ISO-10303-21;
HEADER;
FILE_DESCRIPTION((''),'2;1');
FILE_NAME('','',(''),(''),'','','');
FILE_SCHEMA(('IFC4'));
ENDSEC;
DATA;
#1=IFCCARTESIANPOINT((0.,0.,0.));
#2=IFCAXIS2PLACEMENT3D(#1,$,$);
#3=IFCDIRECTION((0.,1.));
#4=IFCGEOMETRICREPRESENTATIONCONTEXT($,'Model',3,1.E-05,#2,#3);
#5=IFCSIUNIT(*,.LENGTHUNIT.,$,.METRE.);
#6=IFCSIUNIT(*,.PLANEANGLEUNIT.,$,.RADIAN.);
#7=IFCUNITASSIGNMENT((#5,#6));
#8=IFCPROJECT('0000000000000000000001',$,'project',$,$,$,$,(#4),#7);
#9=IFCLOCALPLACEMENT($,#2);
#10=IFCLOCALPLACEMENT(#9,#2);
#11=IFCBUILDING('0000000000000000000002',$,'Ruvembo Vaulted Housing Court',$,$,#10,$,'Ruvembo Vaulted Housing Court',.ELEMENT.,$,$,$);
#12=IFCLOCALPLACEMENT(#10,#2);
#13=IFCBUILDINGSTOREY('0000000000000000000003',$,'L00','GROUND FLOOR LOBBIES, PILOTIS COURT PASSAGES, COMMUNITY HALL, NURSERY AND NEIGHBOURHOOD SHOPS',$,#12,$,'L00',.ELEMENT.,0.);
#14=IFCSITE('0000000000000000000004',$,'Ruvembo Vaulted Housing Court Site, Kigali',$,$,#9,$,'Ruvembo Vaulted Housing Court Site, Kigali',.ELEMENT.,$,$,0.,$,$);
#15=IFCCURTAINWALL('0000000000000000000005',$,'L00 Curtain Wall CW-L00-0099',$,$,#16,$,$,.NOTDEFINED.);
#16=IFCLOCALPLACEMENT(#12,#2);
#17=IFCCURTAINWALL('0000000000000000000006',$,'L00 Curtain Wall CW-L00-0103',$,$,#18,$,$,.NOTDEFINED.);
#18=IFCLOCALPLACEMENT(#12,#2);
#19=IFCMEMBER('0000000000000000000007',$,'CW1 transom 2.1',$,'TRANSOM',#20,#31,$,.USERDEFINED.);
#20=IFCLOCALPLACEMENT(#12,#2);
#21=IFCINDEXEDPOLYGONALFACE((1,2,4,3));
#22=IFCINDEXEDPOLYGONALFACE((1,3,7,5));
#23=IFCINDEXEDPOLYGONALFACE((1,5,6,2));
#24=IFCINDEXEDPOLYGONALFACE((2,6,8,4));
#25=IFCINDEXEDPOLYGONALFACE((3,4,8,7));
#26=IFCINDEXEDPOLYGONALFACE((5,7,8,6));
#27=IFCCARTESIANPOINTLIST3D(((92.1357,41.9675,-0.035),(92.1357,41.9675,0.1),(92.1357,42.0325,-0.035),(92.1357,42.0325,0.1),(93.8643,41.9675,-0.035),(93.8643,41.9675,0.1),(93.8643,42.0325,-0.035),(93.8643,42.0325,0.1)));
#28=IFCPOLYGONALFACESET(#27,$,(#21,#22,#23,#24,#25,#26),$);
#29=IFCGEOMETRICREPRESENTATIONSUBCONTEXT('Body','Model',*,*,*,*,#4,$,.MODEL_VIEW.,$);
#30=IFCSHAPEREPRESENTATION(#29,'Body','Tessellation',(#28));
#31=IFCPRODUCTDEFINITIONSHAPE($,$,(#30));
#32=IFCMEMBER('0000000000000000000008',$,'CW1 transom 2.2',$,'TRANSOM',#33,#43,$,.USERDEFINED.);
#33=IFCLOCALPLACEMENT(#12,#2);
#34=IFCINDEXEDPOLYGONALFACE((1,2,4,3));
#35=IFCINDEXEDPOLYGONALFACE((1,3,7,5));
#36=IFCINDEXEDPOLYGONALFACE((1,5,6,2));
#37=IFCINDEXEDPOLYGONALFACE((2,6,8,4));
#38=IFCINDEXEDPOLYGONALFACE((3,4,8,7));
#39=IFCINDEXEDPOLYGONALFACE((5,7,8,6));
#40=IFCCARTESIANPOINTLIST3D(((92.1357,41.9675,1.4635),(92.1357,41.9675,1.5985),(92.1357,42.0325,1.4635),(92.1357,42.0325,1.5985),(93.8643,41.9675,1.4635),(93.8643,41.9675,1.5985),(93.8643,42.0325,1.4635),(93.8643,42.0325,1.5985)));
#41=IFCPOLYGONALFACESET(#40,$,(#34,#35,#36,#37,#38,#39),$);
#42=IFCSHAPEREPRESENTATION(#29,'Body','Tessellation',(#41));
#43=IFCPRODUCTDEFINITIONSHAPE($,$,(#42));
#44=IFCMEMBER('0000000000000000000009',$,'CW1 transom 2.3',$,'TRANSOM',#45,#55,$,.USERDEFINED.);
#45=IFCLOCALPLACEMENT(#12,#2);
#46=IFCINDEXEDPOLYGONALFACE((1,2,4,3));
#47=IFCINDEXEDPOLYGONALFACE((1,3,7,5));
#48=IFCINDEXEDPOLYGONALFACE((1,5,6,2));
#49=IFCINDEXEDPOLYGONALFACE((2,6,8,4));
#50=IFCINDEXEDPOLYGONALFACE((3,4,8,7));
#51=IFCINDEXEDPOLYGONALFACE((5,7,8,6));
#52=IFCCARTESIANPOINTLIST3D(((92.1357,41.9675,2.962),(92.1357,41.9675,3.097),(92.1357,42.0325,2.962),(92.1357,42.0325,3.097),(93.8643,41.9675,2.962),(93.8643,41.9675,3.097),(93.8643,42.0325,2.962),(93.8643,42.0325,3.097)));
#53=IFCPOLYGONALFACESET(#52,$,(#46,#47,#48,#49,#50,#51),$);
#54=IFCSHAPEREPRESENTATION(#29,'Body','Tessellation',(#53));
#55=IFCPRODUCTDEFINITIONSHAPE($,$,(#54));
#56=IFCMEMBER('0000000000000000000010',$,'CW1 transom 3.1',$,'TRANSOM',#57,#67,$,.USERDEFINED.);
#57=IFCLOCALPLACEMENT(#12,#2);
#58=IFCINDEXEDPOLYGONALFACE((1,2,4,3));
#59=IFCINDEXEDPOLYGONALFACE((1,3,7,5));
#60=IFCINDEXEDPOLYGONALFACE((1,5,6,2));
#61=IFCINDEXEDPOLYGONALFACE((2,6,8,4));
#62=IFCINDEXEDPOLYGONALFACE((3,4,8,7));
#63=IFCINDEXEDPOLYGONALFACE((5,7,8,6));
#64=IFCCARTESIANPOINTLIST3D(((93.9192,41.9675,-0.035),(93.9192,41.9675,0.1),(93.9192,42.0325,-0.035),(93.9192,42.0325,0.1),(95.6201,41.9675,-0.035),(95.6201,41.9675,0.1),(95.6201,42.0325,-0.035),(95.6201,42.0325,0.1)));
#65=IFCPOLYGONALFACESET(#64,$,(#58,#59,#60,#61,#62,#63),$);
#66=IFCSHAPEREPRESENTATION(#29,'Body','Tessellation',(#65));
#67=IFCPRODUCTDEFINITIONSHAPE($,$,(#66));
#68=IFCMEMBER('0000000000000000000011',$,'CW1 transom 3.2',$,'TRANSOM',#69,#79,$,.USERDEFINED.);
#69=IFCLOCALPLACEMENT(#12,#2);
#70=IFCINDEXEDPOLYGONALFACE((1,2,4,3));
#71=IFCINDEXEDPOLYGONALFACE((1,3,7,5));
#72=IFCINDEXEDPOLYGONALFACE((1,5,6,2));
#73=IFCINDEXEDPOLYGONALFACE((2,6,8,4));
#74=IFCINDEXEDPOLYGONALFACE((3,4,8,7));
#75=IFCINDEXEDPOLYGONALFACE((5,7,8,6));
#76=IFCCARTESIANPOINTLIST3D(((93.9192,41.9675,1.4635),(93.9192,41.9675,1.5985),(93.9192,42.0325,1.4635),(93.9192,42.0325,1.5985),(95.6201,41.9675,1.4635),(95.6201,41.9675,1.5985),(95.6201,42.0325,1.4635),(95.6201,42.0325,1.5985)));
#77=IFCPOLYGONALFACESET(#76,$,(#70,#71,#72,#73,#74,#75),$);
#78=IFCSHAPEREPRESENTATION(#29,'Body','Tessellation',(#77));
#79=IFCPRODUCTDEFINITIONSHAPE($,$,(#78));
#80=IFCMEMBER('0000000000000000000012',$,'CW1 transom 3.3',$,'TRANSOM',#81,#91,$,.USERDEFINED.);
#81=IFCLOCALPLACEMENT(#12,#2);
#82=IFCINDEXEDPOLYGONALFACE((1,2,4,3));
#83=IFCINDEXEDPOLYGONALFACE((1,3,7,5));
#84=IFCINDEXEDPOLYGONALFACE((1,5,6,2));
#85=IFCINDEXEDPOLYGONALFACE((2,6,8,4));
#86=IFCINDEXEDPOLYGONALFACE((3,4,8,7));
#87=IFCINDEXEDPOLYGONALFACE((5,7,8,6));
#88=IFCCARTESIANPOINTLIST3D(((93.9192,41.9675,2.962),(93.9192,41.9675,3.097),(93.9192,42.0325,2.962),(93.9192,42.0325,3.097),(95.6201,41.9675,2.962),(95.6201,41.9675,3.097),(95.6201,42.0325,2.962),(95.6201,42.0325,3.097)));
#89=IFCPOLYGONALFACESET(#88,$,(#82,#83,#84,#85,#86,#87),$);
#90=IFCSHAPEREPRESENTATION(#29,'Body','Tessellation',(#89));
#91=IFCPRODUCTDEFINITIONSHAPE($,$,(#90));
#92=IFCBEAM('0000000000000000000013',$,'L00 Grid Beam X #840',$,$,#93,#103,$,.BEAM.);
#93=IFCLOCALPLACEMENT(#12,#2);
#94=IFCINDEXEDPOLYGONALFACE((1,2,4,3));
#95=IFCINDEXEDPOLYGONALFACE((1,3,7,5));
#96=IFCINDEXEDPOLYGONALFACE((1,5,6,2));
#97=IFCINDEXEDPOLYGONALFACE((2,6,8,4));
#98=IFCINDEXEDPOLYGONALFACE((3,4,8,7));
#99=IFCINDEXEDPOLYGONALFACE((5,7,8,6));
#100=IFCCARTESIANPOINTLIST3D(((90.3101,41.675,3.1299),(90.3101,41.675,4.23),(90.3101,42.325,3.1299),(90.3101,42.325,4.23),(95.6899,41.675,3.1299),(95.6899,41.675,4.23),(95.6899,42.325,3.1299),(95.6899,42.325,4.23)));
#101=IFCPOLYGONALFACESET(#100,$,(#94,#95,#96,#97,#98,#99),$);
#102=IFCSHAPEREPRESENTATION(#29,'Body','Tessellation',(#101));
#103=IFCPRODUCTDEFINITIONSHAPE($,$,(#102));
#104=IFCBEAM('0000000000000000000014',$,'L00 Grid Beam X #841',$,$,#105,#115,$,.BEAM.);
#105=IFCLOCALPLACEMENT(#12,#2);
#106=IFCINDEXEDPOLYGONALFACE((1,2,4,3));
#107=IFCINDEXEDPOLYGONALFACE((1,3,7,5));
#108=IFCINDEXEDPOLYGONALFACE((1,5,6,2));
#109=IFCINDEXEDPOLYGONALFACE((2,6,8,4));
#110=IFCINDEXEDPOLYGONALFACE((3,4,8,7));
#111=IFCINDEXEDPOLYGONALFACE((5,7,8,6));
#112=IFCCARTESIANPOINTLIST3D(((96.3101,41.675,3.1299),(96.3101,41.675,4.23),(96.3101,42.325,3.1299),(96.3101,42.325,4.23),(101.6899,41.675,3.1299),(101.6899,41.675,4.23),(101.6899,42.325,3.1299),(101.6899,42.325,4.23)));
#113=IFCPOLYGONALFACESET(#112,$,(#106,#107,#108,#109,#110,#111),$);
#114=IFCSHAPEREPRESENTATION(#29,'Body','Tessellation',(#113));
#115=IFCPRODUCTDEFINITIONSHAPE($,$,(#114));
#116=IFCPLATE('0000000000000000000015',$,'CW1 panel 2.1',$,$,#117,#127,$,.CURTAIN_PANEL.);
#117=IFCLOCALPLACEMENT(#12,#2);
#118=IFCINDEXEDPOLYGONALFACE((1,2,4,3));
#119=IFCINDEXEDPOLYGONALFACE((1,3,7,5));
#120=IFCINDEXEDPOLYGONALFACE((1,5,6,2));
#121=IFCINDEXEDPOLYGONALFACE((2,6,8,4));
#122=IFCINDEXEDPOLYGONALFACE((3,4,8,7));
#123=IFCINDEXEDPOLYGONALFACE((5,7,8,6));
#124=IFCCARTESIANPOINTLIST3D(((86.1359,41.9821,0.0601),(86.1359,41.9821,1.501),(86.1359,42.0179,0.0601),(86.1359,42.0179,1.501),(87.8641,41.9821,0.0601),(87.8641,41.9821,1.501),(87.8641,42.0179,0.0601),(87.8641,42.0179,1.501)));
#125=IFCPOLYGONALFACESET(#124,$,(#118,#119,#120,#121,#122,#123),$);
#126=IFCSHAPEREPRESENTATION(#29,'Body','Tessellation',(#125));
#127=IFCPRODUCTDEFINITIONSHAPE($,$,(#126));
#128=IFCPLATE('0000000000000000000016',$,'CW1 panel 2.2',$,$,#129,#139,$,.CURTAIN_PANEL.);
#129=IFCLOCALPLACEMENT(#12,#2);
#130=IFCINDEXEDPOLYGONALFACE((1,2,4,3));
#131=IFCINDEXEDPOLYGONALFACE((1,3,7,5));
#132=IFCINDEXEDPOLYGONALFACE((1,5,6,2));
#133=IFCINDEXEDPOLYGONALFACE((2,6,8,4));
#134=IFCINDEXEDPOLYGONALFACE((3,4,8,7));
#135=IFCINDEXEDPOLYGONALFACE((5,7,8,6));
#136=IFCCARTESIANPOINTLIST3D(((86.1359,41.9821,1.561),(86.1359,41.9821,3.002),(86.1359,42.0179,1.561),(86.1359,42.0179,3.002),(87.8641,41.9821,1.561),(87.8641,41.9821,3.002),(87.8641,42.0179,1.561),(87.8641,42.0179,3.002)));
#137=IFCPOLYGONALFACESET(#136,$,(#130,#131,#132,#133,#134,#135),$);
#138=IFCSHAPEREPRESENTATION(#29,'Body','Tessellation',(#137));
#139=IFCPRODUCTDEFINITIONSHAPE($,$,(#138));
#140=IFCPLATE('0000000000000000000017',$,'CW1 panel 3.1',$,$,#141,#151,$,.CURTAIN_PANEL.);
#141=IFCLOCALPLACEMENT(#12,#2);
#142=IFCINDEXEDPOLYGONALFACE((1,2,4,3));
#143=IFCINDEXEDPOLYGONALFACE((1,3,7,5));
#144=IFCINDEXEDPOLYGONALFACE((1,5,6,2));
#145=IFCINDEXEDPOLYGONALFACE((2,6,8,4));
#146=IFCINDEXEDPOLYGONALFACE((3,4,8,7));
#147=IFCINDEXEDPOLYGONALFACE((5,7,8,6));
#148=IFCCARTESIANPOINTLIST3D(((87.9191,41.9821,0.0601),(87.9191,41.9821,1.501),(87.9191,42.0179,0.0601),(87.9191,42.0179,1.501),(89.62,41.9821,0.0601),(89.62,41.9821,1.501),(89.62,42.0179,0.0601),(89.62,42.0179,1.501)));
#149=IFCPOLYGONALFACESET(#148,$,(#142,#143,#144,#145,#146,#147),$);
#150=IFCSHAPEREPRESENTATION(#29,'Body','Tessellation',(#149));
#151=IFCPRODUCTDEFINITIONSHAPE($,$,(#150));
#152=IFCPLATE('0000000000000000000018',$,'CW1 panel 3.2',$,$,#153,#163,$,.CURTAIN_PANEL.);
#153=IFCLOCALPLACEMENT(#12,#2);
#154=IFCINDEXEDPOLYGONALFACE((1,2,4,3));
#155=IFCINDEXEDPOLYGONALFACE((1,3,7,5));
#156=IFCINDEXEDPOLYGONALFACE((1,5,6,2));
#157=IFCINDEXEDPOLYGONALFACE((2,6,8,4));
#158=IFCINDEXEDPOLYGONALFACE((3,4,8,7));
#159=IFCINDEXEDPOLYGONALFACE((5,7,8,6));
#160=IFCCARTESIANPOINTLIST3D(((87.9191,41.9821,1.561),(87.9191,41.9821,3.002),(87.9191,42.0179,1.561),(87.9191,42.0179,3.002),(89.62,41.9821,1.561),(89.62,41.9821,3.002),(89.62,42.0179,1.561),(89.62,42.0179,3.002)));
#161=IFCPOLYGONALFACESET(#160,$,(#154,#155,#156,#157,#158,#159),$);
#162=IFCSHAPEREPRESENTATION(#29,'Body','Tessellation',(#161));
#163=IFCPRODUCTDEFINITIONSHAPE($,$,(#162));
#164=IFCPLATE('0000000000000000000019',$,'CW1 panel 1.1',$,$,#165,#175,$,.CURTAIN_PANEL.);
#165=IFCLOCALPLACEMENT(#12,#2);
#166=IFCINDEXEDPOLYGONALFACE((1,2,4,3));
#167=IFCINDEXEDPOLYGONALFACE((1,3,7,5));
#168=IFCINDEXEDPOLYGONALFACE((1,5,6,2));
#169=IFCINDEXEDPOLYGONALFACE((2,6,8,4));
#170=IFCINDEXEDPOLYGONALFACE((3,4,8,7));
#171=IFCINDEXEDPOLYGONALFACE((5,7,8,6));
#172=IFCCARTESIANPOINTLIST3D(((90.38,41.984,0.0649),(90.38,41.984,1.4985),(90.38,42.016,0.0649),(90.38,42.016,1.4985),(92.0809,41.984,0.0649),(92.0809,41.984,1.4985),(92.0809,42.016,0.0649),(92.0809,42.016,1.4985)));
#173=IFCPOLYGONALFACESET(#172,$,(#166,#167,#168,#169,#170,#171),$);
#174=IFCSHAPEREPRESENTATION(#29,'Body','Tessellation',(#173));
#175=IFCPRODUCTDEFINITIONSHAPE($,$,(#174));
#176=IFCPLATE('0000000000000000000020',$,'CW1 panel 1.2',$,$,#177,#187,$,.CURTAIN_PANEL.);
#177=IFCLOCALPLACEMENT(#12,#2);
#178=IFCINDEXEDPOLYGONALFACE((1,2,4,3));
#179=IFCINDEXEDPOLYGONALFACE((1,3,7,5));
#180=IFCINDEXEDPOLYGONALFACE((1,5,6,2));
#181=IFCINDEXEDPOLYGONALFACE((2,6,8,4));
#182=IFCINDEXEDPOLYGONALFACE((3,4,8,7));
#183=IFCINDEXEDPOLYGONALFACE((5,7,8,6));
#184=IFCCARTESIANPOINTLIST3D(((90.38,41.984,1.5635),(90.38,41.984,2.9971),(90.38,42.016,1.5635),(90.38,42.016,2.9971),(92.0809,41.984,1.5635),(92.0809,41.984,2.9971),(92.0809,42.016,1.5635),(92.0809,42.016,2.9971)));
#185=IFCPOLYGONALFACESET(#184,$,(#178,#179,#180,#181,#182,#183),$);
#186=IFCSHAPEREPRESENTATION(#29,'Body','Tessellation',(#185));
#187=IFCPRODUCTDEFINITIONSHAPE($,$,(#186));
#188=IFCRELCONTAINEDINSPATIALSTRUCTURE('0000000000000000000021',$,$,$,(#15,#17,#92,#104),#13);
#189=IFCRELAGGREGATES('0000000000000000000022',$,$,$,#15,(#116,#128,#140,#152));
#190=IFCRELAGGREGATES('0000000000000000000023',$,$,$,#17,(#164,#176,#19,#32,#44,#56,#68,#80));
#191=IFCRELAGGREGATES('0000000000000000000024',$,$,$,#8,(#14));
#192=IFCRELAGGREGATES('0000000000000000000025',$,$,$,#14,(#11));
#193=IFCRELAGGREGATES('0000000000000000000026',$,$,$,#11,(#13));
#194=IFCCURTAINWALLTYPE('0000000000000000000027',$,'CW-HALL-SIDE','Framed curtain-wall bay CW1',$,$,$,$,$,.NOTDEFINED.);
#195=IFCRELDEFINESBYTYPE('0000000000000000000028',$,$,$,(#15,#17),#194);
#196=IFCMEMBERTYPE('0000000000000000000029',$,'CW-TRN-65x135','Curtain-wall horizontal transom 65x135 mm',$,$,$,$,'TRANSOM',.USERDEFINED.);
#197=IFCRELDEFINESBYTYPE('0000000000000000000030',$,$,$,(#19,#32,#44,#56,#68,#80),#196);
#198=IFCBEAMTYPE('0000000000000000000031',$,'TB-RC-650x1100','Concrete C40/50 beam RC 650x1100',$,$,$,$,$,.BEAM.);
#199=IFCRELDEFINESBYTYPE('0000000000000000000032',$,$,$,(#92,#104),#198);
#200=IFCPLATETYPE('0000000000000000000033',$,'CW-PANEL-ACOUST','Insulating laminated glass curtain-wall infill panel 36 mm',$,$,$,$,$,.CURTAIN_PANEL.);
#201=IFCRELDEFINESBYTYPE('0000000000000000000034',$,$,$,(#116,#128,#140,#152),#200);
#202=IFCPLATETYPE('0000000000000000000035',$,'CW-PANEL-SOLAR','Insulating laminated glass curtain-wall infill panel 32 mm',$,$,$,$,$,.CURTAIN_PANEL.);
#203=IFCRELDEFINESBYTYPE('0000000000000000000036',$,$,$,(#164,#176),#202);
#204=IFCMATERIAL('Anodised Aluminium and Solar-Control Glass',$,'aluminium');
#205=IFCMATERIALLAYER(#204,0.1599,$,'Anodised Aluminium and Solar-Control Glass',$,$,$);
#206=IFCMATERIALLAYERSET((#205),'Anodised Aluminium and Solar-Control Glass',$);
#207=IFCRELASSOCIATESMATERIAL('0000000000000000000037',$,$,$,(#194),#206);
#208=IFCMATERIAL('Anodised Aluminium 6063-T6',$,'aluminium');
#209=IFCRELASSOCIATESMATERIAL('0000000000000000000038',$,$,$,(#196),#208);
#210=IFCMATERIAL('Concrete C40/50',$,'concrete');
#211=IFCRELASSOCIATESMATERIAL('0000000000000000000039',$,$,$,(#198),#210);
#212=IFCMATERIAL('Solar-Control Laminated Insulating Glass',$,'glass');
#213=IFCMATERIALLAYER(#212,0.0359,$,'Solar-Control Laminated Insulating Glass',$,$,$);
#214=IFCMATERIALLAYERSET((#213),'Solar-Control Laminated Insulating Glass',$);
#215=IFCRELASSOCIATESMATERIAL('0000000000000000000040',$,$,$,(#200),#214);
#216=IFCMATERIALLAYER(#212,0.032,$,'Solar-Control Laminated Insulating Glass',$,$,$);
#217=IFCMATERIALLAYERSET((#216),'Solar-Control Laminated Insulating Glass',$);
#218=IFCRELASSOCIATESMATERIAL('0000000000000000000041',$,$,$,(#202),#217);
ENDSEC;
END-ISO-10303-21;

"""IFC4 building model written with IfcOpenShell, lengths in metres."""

from ifc_helpers import new_model, si_unit, direction, frame, origin, origin_2d, place, context, subcontext, project, spatial, rectangle, extrude, material, layer, layer_set, material_profile, profile_set, type_object, element, aggregate, save


model = new_model("IFC4")

# Units and contexts
model_context = context("Model", 3, precision=1e-05, world=origin(), true_north=direction((0.0, 1.0)))
body_context = subcontext(model_context, "Body", "Model", "MODEL_VIEW")
ifc_project = project(units=[si_unit("LENGTHUNIT", "METRE"), si_unit("PLANEANGLEUNIT", "RADIAN")], contexts=[model_context])

# Site, building, storey
site_placement = place(None, origin())
site = spatial("IfcSite", under=ifc_project, at=site_placement, Name="Ruvembo Vaulted Housing Court Site, Kigali", LongName="Ruvembo Vaulted Housing Court Site, Kigali", CompositionType="ELEMENT", RefElevation=0.0)
building_placement = place(site_placement, origin())
building = spatial("IfcBuilding", under=site, at=building_placement, Name="Ruvembo Vaulted Housing Court", LongName="Ruvembo Vaulted Housing Court", CompositionType="ELEMENT")
storey_placement = place(building_placement, origin())
storey = spatial("IfcBuildingStorey", under=building, at=storey_placement, Name="L00", Description="GROUND FLOOR LOBBIES, PILOTIS COURT PASSAGES, COMMUNITY HALL, NURSERY AND NEIGHBOURHOOD SHOPS", LongName="L00", CompositionType="ELEMENT", Elevation=0.0)

# Shared definitions
ifc_material_1 = material(Name="Concrete C40/50", Category="concrete")

# Curtain walls
ifc_material_2 = material(Name="Anodised Aluminium and Solar-Control Glass", Category="aluminium")
ifc_layer_1 = layer(ifc_material_2, 0.1599, Name="Anodised Aluminium and Solar-Control Glass")
ifc_layer_set_1 = layer_set([ifc_layer_1], Name="Anodised Aluminium and Solar-Control Glass")
curtain_wall_type = type_object("IfcCurtainWallType", Name="CW-HALL-SIDE", Description="Framed curtain-wall bay CW1", PredefinedType="NOTDEFINED", material=ifc_layer_set_1)
curtain_wall_1_placement = place(storey_placement, origin())
curtain_wall_1 = element("IfcCurtainWall", 1, at=curtain_wall_1_placement, inside=storey, type_object=curtain_wall_type, Name="L00 Curtain Wall CW-L00-0099", PredefinedType="NOTDEFINED")
ifc_material_3 = material(Name="Anodised Aluminium 6063-T6", Category="aluminium")
curtain_wall_2_placement = place(storey_placement, origin())
curtain_wall_2 = element("IfcCurtainWall", 2, at=curtain_wall_2_placement, inside=storey, type_object=curtain_wall_type, Name="L00 Curtain Wall CW-L00-0103", PredefinedType="NOTDEFINED")

# Members
ifc_material_profile_1 = material_profile(ifc_material_3, rectangle(XDim=0.0649, YDim=0.135, at=origin_2d()), Name="ALU 65x135")
ifc_profile_set_1 = profile_set([ifc_material_profile_1], Name="Anodised Aluminium 6063-T6")
member_type_1 = type_object("IfcMemberType", Name="CW-TRN-65x135", Description="Curtain-wall horizontal transom 65x135 mm", ElementType="TRANSOM", PredefinedType="USERDEFINED", material=ifc_profile_set_1)
member_1_placement = place(storey_placement, frame((92.1357, 42.0, 0.0325), z_axis=(1.0, 0.0, 0.0), x_axis=(0.0, 1.0, 0.0)))
member_1 = element("IfcMember", 3, at=member_1_placement, type_object=member_type_1, Name="CW1 transom 2.1", ObjectType="TRANSOM", PredefinedType="USERDEFINED", context=body_context, shape_type="SweptSolid", body=[
    extrude(rectangle(XDim=0.0649, YDim=0.135, at=origin_2d()), origin(), (0.0, 0.0, 1.0), 1.7285),
])
member_2_placement = place(storey_placement, frame((92.1357, 42.0, 1.531), z_axis=(1.0, 0.0, 0.0), x_axis=(0.0, 1.0, 0.0)))
member_2 = element("IfcMember", 4, at=member_2_placement, type_object=member_type_1, Name="CW1 transom 2.2", ObjectType="TRANSOM", PredefinedType="USERDEFINED", context=body_context, shape_type="SweptSolid", body=[
    extrude(rectangle(XDim=0.0649, YDim=0.135, at=origin_2d()), origin(), (0.0, 0.0, 1.0), 1.7285),
])
member_3_placement = place(storey_placement, frame((92.1357, 42.0, 3.0295), z_axis=(1.0, 0.0, 0.0), x_axis=(0.0, 1.0, 0.0)))
member_3 = element("IfcMember", 5, at=member_3_placement, type_object=member_type_1, Name="CW1 transom 2.3", ObjectType="TRANSOM", PredefinedType="USERDEFINED", context=body_context, shape_type="SweptSolid", body=[
    extrude(rectangle(XDim=0.0649, YDim=0.135, at=origin_2d()), origin(), (0.0, 0.0, 1.0), 1.7285),
])
member_4_placement = place(storey_placement, frame((93.9192, 42.0, 0.0325), z_axis=(1.0, 0.0, 0.0), x_axis=(0.0, 1.0, 0.0)))
member_4 = element("IfcMember", 6, at=member_4_placement, type_object=member_type_1, Name="CW1 transom 3.1", ObjectType="TRANSOM", PredefinedType="USERDEFINED", context=body_context, shape_type="SweptSolid", body=[
    extrude(rectangle(XDim=0.0649, YDim=0.135, at=origin_2d()), origin(), (0.0, 0.0, 1.0), 1.7009),
])
member_5_placement = place(storey_placement, frame((93.9192, 42.0, 1.531), z_axis=(1.0, 0.0, 0.0), x_axis=(0.0, 1.0, 0.0)))
member_5 = element("IfcMember", 7, at=member_5_placement, type_object=member_type_1, Name="CW1 transom 3.2", ObjectType="TRANSOM", PredefinedType="USERDEFINED", context=body_context, shape_type="SweptSolid", body=[
    extrude(rectangle(XDim=0.0649, YDim=0.135, at=origin_2d()), origin(), (0.0, 0.0, 1.0), 1.7009),
])
member_6_placement = place(storey_placement, frame((93.9192, 42.0, 3.0295), z_axis=(1.0, 0.0, 0.0), x_axis=(0.0, 1.0, 0.0)))
member_6 = element("IfcMember", 8, at=member_6_placement, type_object=member_type_1, Name="CW1 transom 3.3", ObjectType="TRANSOM", PredefinedType="USERDEFINED", context=body_context, shape_type="SweptSolid", body=[
    extrude(rectangle(XDim=0.0649, YDim=0.135, at=origin_2d()), origin(), (0.0, 0.0, 1.0), 1.7009),
])

# Beams
ifc_material_profile_2 = material_profile(ifc_material_1, rectangle(XDim=0.6499, YDim=1.1001, at=origin_2d()), Name="RC 650x1100")
ifc_profile_set_2 = profile_set([ifc_material_profile_2], Name="Concrete C40/50")
beam_type = type_object("IfcBeamType", Name="TB-RC-650x1100", Description="Concrete C40/50 beam RC 650x1100", PredefinedType="BEAM", material=ifc_profile_set_2)
for number, where, z_axis, x_axis, name in (
    (9, (90.3101, 42.0, 3.6799), (1.0, 0.0, 0.0), (0.0, 1.0, 0.0), "L00 Grid Beam X #840"),
    (10, (96.3101, 42.0, 3.6799), (1.0, 0.0, 0.0), (0.0, 1.0, 0.0), "L00 Grid Beam X #841"),
):
    element("IfcBeam", number, at=place(storey_placement, frame(where, z_axis=z_axis, x_axis=x_axis)), inside=storey, type_object=beam_type, Name=name, PredefinedType="BEAM", context=body_context, shape_type="SweptSolid", body=[
        extrude(rectangle(XDim=0.6499, YDim=1.1001, at=origin_2d()), origin(), (0.0, 0.0, 1.0), 5.3799),
    ])

# Plates
ifc_material_4 = material(Name="Solar-Control Laminated Insulating Glass", Category="glass")
ifc_layer_2 = layer(ifc_material_4, 0.0359, Name="Solar-Control Laminated Insulating Glass")
ifc_layer_set_2 = layer_set([ifc_layer_2], Name="Solar-Control Laminated Insulating Glass")
plate_type_1 = type_object("IfcPlateType", Name="CW-PANEL-ACOUST", Description="Insulating laminated glass curtain-wall infill panel 36 mm", PredefinedType="CURTAIN_PANEL", material=ifc_layer_set_2)
plate_1_placement = place(storey_placement, frame((87.0, 42.0, 0.0601), z_axis=(0.0, 0.0, 1.0), x_axis=(1.0, 0.0, 0.0)))
plate_1 = element("IfcPlate", 11, at=plate_1_placement, type_object=plate_type_1, Name="CW1 panel 2.1", PredefinedType="CURTAIN_PANEL", context=body_context, shape_type="SweptSolid", body=[
    extrude(rectangle(XDim=1.7283, YDim=0.0359, at=origin_2d()), origin(), (0.0, 0.0, 1.0), 1.4409),
])
plate_2_placement = place(storey_placement, frame((87.0, 42.0, 1.561), z_axis=(0.0, 0.0, 1.0), x_axis=(1.0, 0.0, 0.0)))
plate_2 = element("IfcPlate", 12, at=plate_2_placement, type_object=plate_type_1, Name="CW1 panel 2.2", PredefinedType="CURTAIN_PANEL", context=body_context, shape_type="SweptSolid", body=[
    extrude(rectangle(XDim=1.7283, YDim=0.0359, at=origin_2d()), origin(), (0.0, 0.0, 1.0), 1.4409),
])
plate_3_placement = place(storey_placement, frame((88.7695, 42.0, 0.0601), z_axis=(0.0, 0.0, 1.0), x_axis=(1.0, 0.0, 0.0)))
plate_3 = element("IfcPlate", 13, at=plate_3_placement, type_object=plate_type_1, Name="CW1 panel 3.1", PredefinedType="CURTAIN_PANEL", context=body_context, shape_type="SweptSolid", body=[
    extrude(rectangle(XDim=1.7009, YDim=0.0359, at=origin_2d()), origin(), (0.0, 0.0, 1.0), 1.4409),
])
plate_4_placement = place(storey_placement, frame((88.7695, 42.0, 1.561), z_axis=(0.0, 0.0, 1.0), x_axis=(1.0, 0.0, 0.0)))
plate_4 = element("IfcPlate", 14, at=plate_4_placement, type_object=plate_type_1, Name="CW1 panel 3.2", PredefinedType="CURTAIN_PANEL", context=body_context, shape_type="SweptSolid", body=[
    extrude(rectangle(XDim=1.7009, YDim=0.0359, at=origin_2d()), origin(), (0.0, 0.0, 1.0), 1.4409),
])
aggregate(curtain_wall_1, [plate_1, plate_2, plate_3, plate_4])
ifc_layer_3 = layer(ifc_material_4, 0.032, Name="Solar-Control Laminated Insulating Glass")
ifc_layer_set_3 = layer_set([ifc_layer_3], Name="Solar-Control Laminated Insulating Glass")
plate_type_2 = type_object("IfcPlateType", Name="CW-PANEL-SOLAR", Description="Insulating laminated glass curtain-wall infill panel 32 mm", PredefinedType="CURTAIN_PANEL", material=ifc_layer_set_3)
plate_5_placement = place(storey_placement, frame((91.2305, 42.0, 0.0649), z_axis=(0.0, 0.0, 1.0), x_axis=(1.0, 0.0, 0.0)))
plate_5 = element("IfcPlate", 15, at=plate_5_placement, type_object=plate_type_2, Name="CW1 panel 1.1", PredefinedType="CURTAIN_PANEL", context=body_context, shape_type="SweptSolid", body=[
    extrude(rectangle(XDim=1.7009, YDim=0.032, at=origin_2d()), origin(), (0.0, 0.0, 1.0), 1.4336),
])
plate_6_placement = place(storey_placement, frame((91.2305, 42.0, 1.5635), z_axis=(0.0, 0.0, 1.0), x_axis=(1.0, 0.0, 0.0)))
plate_6 = element("IfcPlate", 16, at=plate_6_placement, type_object=plate_type_2, Name="CW1 panel 1.2", PredefinedType="CURTAIN_PANEL", context=body_context, shape_type="SweptSolid", body=[
    extrude(rectangle(XDim=1.7009, YDim=0.032, at=origin_2d()), origin(), (0.0, 0.0, 1.0), 1.4336),
])
aggregate(curtain_wall_2, [plate_5, plate_6, member_1, member_2, member_3, member_4, member_5, member_6])

save(model, "model.ifc")
